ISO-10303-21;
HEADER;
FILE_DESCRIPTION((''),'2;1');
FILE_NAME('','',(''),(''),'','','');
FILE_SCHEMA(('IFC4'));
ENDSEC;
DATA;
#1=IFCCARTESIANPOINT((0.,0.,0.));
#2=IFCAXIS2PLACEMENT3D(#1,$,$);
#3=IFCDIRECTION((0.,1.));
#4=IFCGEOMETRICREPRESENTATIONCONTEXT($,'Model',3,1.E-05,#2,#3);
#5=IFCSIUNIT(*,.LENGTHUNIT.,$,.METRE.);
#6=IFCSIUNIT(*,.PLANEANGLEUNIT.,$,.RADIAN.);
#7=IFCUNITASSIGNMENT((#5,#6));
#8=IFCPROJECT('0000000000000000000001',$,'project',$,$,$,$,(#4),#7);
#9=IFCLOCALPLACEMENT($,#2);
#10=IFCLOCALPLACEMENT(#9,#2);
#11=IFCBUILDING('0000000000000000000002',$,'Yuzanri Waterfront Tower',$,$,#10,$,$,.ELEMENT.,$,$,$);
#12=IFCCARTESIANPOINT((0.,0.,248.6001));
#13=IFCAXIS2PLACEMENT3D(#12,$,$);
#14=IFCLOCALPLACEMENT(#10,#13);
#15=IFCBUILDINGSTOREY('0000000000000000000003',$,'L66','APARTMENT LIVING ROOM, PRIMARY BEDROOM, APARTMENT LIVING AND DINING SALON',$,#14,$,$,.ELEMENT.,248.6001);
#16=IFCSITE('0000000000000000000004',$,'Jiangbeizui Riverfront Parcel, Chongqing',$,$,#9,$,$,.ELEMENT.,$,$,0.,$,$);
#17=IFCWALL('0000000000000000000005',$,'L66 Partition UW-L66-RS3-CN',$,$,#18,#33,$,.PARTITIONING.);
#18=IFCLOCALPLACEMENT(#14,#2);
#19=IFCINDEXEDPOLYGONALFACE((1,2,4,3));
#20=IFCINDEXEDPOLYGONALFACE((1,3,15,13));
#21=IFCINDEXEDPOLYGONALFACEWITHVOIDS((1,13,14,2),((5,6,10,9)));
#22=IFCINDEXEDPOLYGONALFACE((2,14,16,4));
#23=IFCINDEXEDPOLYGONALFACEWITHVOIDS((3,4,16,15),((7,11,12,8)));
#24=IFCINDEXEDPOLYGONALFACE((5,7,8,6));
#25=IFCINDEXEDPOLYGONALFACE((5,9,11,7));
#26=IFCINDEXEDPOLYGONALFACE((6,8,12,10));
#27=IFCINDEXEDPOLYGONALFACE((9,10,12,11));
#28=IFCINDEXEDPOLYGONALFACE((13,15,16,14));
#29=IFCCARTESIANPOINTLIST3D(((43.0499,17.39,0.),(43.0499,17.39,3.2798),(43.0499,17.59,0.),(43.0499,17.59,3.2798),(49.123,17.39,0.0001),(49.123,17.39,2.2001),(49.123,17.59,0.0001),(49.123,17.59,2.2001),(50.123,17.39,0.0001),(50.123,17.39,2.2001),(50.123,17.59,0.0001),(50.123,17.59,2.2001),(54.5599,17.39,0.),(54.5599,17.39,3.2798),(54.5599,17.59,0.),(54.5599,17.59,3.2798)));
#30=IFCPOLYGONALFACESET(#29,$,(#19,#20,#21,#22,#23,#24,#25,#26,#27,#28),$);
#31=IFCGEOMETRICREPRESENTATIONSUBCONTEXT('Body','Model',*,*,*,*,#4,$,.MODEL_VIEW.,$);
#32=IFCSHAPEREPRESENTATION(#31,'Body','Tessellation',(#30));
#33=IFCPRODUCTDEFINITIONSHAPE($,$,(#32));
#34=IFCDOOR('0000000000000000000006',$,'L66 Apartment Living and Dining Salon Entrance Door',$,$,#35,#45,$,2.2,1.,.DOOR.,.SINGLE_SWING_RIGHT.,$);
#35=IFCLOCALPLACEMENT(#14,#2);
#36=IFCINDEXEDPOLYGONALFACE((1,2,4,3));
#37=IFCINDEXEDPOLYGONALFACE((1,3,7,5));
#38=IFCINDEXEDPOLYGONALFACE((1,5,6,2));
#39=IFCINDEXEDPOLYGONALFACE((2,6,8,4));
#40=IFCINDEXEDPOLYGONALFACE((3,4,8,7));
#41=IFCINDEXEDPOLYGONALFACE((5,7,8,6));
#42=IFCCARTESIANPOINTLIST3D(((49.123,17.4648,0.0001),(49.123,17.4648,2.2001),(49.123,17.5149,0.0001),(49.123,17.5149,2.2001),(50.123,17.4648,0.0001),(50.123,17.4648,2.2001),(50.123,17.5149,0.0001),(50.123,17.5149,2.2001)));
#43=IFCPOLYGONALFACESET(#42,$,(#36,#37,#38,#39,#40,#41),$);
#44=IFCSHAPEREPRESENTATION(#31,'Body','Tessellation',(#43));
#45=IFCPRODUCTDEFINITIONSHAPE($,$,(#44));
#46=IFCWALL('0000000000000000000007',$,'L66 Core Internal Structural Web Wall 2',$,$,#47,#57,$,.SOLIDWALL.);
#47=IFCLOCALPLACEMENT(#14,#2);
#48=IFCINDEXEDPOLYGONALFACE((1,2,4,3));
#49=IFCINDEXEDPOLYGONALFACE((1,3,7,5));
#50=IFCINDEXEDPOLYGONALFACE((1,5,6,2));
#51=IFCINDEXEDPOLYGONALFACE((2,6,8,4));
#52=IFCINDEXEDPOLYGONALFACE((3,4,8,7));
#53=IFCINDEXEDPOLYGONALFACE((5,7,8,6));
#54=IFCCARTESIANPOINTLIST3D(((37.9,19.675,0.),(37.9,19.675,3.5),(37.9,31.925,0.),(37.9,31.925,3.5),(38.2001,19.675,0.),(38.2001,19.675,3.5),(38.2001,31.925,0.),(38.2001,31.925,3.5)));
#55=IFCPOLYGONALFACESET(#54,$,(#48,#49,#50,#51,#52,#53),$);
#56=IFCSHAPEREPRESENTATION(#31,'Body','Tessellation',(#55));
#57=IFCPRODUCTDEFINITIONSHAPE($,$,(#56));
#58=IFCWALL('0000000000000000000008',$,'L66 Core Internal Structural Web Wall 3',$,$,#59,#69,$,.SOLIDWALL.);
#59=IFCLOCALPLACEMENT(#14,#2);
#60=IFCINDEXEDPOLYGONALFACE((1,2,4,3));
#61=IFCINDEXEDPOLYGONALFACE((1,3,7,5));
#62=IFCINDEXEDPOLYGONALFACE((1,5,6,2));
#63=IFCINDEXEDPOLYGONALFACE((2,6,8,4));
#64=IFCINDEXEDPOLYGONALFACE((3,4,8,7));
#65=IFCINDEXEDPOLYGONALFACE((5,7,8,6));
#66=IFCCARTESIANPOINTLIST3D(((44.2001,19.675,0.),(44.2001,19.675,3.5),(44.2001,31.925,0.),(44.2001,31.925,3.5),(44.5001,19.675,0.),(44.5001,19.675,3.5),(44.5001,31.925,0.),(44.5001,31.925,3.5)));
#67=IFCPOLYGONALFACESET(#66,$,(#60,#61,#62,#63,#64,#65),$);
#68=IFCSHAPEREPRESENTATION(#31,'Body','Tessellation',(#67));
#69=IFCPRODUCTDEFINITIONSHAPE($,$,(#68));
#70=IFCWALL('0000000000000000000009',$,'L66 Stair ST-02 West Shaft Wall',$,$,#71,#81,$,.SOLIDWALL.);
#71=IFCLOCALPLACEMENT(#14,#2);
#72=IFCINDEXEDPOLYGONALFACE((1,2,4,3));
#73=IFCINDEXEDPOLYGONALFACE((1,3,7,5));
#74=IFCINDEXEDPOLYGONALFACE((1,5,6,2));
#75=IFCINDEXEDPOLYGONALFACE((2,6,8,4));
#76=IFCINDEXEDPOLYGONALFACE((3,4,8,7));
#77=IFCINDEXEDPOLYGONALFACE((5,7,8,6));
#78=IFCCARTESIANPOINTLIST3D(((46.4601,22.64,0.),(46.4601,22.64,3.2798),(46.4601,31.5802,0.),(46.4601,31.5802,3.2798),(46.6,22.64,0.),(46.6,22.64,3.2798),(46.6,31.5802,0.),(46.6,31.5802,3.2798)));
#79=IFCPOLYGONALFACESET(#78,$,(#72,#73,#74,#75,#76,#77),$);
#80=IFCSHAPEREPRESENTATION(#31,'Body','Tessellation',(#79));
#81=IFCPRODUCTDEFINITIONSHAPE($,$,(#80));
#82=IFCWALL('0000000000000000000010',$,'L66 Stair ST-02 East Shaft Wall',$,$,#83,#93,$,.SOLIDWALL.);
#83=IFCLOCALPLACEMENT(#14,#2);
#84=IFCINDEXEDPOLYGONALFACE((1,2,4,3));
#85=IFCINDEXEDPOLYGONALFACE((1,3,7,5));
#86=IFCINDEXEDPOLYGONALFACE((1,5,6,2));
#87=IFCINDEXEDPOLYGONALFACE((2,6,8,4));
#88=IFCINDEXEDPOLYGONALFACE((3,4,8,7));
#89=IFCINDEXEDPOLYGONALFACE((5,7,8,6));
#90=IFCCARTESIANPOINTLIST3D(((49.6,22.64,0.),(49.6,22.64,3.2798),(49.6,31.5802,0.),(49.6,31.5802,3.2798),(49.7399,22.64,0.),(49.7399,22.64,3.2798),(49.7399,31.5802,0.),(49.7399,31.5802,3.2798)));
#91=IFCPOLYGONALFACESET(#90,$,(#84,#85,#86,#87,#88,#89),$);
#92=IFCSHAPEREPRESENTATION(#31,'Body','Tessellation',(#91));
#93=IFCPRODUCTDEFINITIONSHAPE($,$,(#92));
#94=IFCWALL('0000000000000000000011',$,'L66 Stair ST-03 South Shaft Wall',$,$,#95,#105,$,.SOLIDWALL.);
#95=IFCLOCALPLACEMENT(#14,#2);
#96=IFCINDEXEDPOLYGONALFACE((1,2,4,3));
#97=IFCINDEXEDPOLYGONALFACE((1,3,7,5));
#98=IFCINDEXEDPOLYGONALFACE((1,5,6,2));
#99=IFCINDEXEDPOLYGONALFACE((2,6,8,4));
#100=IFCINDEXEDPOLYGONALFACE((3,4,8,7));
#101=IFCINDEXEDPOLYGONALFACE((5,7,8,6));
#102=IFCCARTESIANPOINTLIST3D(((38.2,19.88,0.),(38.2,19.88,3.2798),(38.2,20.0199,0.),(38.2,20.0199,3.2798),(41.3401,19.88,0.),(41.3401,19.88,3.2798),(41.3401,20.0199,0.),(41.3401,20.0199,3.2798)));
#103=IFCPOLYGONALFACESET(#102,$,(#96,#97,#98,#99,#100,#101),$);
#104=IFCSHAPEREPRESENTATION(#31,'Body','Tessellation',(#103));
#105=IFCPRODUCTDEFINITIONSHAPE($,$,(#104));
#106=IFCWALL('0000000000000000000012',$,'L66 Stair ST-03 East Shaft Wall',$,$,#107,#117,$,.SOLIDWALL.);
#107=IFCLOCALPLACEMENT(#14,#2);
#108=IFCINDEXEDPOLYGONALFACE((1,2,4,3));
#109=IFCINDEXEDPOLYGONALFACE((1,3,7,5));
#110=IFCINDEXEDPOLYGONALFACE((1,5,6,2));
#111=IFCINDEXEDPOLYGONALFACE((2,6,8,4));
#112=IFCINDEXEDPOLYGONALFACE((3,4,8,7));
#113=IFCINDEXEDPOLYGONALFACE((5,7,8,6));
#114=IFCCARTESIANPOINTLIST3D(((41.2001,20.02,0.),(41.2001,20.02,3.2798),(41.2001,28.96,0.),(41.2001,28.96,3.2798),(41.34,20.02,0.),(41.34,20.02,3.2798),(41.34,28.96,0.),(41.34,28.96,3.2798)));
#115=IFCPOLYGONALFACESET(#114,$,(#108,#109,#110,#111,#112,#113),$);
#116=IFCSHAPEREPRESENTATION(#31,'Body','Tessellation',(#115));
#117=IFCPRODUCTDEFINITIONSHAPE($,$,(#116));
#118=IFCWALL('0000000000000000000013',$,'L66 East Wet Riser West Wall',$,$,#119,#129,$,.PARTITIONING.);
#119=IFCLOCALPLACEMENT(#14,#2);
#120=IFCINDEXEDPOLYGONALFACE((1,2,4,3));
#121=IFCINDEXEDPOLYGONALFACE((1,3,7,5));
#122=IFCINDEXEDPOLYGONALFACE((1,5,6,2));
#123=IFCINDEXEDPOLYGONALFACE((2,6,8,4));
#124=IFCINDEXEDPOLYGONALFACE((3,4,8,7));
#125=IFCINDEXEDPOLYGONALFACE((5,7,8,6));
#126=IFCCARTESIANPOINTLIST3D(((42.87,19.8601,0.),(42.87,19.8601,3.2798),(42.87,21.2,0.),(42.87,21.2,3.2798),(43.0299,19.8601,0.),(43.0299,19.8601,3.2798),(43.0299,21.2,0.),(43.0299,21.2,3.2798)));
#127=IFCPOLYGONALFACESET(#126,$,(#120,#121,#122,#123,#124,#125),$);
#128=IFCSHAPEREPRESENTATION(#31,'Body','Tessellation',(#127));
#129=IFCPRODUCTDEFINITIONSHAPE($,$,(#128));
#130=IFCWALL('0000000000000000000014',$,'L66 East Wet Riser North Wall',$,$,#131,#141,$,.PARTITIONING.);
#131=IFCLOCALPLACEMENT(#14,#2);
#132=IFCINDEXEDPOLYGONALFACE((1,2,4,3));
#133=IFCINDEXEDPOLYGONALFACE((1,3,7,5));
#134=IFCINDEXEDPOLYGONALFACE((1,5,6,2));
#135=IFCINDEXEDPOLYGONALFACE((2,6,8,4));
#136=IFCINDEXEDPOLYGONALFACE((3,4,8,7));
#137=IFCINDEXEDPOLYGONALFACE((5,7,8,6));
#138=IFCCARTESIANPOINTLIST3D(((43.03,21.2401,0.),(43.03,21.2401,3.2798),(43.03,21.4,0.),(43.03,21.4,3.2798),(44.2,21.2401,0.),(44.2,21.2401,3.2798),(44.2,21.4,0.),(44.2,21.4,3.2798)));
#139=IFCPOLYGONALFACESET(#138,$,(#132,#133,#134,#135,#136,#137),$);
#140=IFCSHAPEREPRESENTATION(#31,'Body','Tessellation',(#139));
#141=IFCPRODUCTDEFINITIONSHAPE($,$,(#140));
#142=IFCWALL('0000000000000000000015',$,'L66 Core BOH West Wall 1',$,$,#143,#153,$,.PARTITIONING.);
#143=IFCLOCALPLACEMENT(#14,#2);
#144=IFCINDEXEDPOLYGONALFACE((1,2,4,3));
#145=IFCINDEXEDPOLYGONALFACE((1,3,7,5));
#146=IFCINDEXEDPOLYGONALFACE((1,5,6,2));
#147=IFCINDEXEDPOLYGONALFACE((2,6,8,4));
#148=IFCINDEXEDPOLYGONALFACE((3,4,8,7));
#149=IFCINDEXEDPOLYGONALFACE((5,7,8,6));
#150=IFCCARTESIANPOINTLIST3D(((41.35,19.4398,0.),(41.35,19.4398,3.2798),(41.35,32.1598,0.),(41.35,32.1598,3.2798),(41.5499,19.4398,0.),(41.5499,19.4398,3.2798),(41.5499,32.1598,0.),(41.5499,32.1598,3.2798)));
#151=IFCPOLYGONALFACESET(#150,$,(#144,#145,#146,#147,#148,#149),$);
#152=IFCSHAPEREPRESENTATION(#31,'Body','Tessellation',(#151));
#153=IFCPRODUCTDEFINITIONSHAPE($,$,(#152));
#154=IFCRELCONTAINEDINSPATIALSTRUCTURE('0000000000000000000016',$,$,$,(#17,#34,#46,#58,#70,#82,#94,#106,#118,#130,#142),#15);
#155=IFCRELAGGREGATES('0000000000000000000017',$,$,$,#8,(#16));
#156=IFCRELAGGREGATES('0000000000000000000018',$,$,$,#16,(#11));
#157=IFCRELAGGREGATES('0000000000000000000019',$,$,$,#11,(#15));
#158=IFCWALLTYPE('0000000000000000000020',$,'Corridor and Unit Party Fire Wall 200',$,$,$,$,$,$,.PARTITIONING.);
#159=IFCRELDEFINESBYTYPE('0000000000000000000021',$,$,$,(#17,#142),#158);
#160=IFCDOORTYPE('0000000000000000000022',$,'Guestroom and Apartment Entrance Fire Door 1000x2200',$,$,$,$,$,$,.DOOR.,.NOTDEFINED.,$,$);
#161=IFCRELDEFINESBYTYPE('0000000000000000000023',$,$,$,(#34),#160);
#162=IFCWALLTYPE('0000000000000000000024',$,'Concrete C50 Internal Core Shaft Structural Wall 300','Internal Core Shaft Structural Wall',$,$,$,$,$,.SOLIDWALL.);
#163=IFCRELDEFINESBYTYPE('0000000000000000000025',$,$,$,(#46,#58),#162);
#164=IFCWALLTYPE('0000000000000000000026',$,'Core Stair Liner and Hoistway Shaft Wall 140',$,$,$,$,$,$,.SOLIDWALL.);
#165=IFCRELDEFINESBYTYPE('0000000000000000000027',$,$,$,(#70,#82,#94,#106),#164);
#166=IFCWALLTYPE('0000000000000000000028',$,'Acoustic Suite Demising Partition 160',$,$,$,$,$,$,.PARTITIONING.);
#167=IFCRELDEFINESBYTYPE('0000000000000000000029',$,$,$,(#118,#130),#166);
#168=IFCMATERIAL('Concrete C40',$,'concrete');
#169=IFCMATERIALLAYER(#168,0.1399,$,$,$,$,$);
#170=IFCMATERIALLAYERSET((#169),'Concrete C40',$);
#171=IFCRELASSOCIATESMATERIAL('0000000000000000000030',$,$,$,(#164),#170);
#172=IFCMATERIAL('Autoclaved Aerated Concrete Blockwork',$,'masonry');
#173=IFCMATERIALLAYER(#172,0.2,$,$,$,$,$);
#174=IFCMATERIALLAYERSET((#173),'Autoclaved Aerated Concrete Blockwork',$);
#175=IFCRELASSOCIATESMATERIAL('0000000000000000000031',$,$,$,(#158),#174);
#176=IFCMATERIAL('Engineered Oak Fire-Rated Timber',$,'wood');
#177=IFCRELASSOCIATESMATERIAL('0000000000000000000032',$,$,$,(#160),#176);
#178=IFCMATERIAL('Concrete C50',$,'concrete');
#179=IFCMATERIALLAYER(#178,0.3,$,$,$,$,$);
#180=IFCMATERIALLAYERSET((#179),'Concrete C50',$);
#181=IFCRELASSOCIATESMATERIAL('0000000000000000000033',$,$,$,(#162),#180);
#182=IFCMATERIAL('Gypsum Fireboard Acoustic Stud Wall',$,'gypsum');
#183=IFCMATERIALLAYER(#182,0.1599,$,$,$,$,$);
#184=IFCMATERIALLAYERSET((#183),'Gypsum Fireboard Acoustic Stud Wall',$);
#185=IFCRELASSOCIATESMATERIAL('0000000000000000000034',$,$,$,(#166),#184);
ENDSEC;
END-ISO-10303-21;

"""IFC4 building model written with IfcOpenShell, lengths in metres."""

from ifc_helpers import new_model, si_unit, direction, frame, frame_2d, origin, place, context, subcontext, project, spatial, rectangle, extrude, source, transform, mapped, material, layer, layer_set, type_object, element, fill, save


model = new_model("IFC4")

# Units and contexts
model_context = context("Model", 3, precision=1e-05, world=origin(), true_north=direction((0.0, 1.0)))
body_context = subcontext(model_context, "Body", "Model", "MODEL_VIEW")
ifc_project = project(units=[si_unit("LENGTHUNIT", "METRE"), si_unit("PLANEANGLEUNIT", "RADIAN")], contexts=[model_context])

# Site, building, storey
site_placement = place(None, origin())
site = spatial("IfcSite", under=ifc_project, at=site_placement, Name="Jiangbeizui Riverfront Parcel, Chongqing", CompositionType="ELEMENT", RefElevation=0.0)
building_placement = place(site_placement, origin())
building = spatial("IfcBuilding", under=site, at=building_placement, Name="Yuzanri Waterfront Tower", CompositionType="ELEMENT")
storey_placement = place(building_placement, frame((0.0, 0.0, 248.6001)))
storey = spatial("IfcBuildingStorey", under=building, at=storey_placement, Name="L66", Description="APARTMENT LIVING ROOM, PRIMARY BEDROOM, APARTMENT LIVING AND DINING SALON", CompositionType="ELEMENT", Elevation=248.6001)

# Wall, opening, door
ifc_material_1 = material(Name="Concrete C40", Category="concrete")
ifc_layer_1 = layer(ifc_material_1, 0.1399)
ifc_layer_set_1 = layer_set([ifc_layer_1], Name="Concrete C40")
wall_type_1 = type_object("IfcWallType", Name="Core Stair Liner and Hoistway Shaft Wall 140", PredefinedType="SOLIDWALL", material=ifc_layer_set_1)
ifc_material_2 = material(Name="Autoclaved Aerated Concrete Blockwork", Category="masonry")
ifc_layer_2 = layer(ifc_material_2, 0.2)
ifc_layer_set_2 = layer_set([ifc_layer_2], Name="Autoclaved Aerated Concrete Blockwork")
wall_type_2 = type_object("IfcWallType", Name="Corridor and Unit Party Fire Wall 200", PredefinedType="PARTITIONING", material=ifc_layer_set_2)
wall_1_placement = place(storey_placement, frame((43.05, 17.49, 0.0), z_axis=(0.0, 0.0, 1.0), x_axis=(1.0, 0.0, 0.0)))
wall_1 = element("IfcWall", 1, at=wall_1_placement, inside=storey, type_object=wall_type_2, Name="L66 Partition UW-L66-RS3-CN", PredefinedType="PARTITIONING", context=body_context, shape_type="SweptSolid", body=[
    extrude(rectangle(XDim=11.51, YDim=0.2, at=frame_2d((5.7549, 0.0))), origin(), (0.0, 0.0, 1.0), 3.2798),
])
opening_1_placement = place(wall_1_placement, frame((6.073, 0.0, 0.0)))
opening_1 = element("IfcOpeningElement", 2, at=opening_1_placement, cuts=wall_1, PredefinedType="OPENING", context=body_context, shape_type="SweptSolid", body=[
    extrude(rectangle(XDim=1.0, YDim=2.2, at=frame_2d((0.5, 1.1001))), frame((0.0, 0.1147, 0.0), z_axis=(0.0, -1.0, 0.0), x_axis=(1.0, 0.0, 0.0)), (0.0, 0.0, 1.0), 0.2297),
])
ifc_material_3 = material(Name="Engineered Oak Fire-Rated Timber", Category="wood")
door_type_1 = type_object("IfcDoorType", Name="Guestroom and Apartment Entrance Fire Door 1000x2200", OperationType="NOTDEFINED", PredefinedType="DOOR", material=ifc_material_3)
shared_shape_1 = source(origin(), body_context, "Body", "SweptSolid", [
    extrude(rectangle(XDim=1.0, YDim=2.2, at=frame_2d((0.5, 1.1001))), frame((0.0, 0.0249, 0.0), z_axis=(0.0, -1.0, 0.0), x_axis=(1.0, 0.0, 0.0)), (0.0, 0.0, 1.0), 0.05),
])
door_1_placement = place(opening_1_placement, origin())
door_1 = element("IfcDoor", 3, at=door_1_placement, inside=storey, type_object=door_type_1, Name="L66 Apartment Living and Dining Salon Entrance Door", OperationType="SINGLE_SWING_RIGHT", OverallHeight=2.2, OverallWidth=1.0, PredefinedType="DOOR", context=body_context, shape_type="MappedRepresentation", body=[
    mapped(shared_shape_1, transform((0.0, 0.0, 0.0), scale=1.0)),
])
fill(opening_1, door_1)

# Walls
ifc_material_4 = material(Name="Concrete C50", Category="concrete")
ifc_layer_3 = layer(ifc_material_4, 0.3)
ifc_layer_set_3 = layer_set([ifc_layer_3], Name="Concrete C50")
wall_type_3 = type_object("IfcWallType", Name="Concrete C50 Internal Core Shaft Structural Wall 300", Description="Internal Core Shaft Structural Wall", PredefinedType="SOLIDWALL", material=ifc_layer_set_3)
shared_shape_2 = source(origin(), body_context, "Body", "SweptSolid", [
    extrude(rectangle(XDim=12.25, YDim=0.3, at=frame_2d((6.125, 0.0))), origin(), (0.0, 0.0, 1.0), 3.5),
])
for number, where, z_axis, x_axis, name in (
    (4, (38.05, 19.675, 0.0), (0.0, 0.0, 1.0), (0.0, 1.0, 0.0), "L66 Core Internal Structural Web Wall 2"),
    (5, (44.3501, 19.675, 0.0), (0.0, 0.0, 1.0), (0.0, 1.0, 0.0), "L66 Core Internal Structural Web Wall 3"),
):
    element("IfcWall", number, at=place(storey_placement, frame(where, z_axis=z_axis, x_axis=x_axis)), inside=storey, type_object=wall_type_3, Name=name, PredefinedType="SOLIDWALL", context=body_context, shape_type="MappedRepresentation", body=[
        mapped(shared_shape_2, transform((0.0, 0.0, 0.0), scale=1.0)),
    ])
shared_shape_3 = source(origin(), body_context, "Body", "SweptSolid", [
    extrude(rectangle(XDim=8.9402, YDim=0.1399, at=frame_2d((4.4702, 0.0))), origin(), (0.0, 0.0, 1.0), 3.2798),
])
for number, where, z_axis, x_axis, name in (
    (6, (46.53, 22.6399, 0.0), (0.0, 0.0, 1.0), (0.0, 1.0, 0.0), "L66 Stair ST-02 West Shaft Wall"),
    (7, (49.6699, 22.6399, 0.0), (0.0, 0.0, 1.0), (0.0, 1.0, 0.0), "L66 Stair ST-02 East Shaft Wall"),
):
    element("IfcWall", number, at=place(storey_placement, frame(where, z_axis=z_axis, x_axis=x_axis)), inside=storey, type_object=wall_type_1, Name=name, PredefinedType="SOLIDWALL", context=body_context, shape_type="MappedRepresentation", body=[
        mapped(shared_shape_3, transform((0.0, 0.0, 0.0), scale=1.0)),
    ])
shared_shape_4 = source(origin(), body_context, "Body", "SweptSolid", [
    extrude(rectangle(XDim=3.1401, YDim=0.1399, at=frame_2d((1.5701, 0.0))), origin(), (0.0, 0.0, 1.0), 3.2798),
])
wall_2_placement = place(storey_placement, frame((38.2, 19.95, 0.0), z_axis=(0.0, 0.0, 1.0), x_axis=(1.0, 0.0, 0.0)))
element("IfcWall", 8, at=wall_2_placement, inside=storey, type_object=wall_type_1, Name="L66 Stair ST-03 South Shaft Wall", PredefinedType="SOLIDWALL", context=body_context, shape_type="MappedRepresentation", body=[
    mapped(shared_shape_4, transform((0.0, 0.0, 0.0), scale=1.0)),
])
shared_shape_5 = source(origin(), body_context, "Body", "SweptSolid", [
    extrude(rectangle(XDim=8.9399, YDim=0.1399, at=frame_2d((4.47, 0.0))), origin(), (0.0, 0.0, 1.0), 3.2798),
])
wall_3_placement = place(storey_placement, frame((41.27, 20.02, 0.0), z_axis=(0.0, 0.0, 1.0), x_axis=(0.0, 1.0, 0.0)))
element("IfcWall", 9, at=wall_3_placement, inside=storey, type_object=wall_type_1, Name="L66 Stair ST-03 East Shaft Wall", PredefinedType="SOLIDWALL", context=body_context, shape_type="MappedRepresentation", body=[
    mapped(shared_shape_5, transform((0.0, 0.0, 0.0), scale=1.0)),
])
ifc_material_5 = material(Name="Gypsum Fireboard Acoustic Stud Wall", Category="gypsum")
ifc_layer_4 = layer(ifc_material_5, 0.1599)
ifc_layer_set_4 = layer_set([ifc_layer_4], Name="Gypsum Fireboard Acoustic Stud Wall")
wall_type_4 = type_object("IfcWallType", Name="Acoustic Suite Demising Partition 160", PredefinedType="PARTITIONING", material=ifc_layer_set_4)
shared_shape_6 = source(origin(), body_context, "Body", "SweptSolid", [
    extrude(rectangle(XDim=1.3398, YDim=0.1599, at=frame_2d((0.6699, 0.0))), origin(), (0.0, 0.0, 1.0), 3.2798),
])
wall_4_placement = place(storey_placement, frame((42.95, 19.8601, 0.0), z_axis=(0.0, 0.0, 1.0), x_axis=(0.0, 1.0, 0.0)))
element("IfcWall", 10, at=wall_4_placement, inside=storey, type_object=wall_type_4, Name="L66 East Wet Riser West Wall", PredefinedType="PARTITIONING", context=body_context, shape_type="MappedRepresentation", body=[
    mapped(shared_shape_6, transform((0.0, 0.0, 0.0), scale=1.0)),
])
shared_shape_7 = source(origin(), body_context, "Body", "SweptSolid", [
    extrude(rectangle(XDim=1.1699, YDim=0.1599, at=frame_2d((0.585, 0.0))), origin(), (0.0, 0.0, 1.0), 3.2798),
])
wall_5_placement = place(storey_placement, frame((43.03, 21.3201, 0.0), z_axis=(0.0, 0.0, 1.0), x_axis=(1.0, 0.0, 0.0)))
element("IfcWall", 11, at=wall_5_placement, inside=storey, type_object=wall_type_4, Name="L66 East Wet Riser North Wall", PredefinedType="PARTITIONING", context=body_context, shape_type="MappedRepresentation", body=[
    mapped(shared_shape_7, transform((0.0, 0.0, 0.0), scale=1.0)),
])
shared_shape_8 = source(origin(), body_context, "Body", "SweptSolid", [
    extrude(rectangle(XDim=12.72, YDim=0.2, at=frame_2d((6.3599, 0.0))), origin(), (0.0, 0.0, 1.0), 3.2798),
])
wall_6_placement = place(storey_placement, frame((41.45, 19.4399, 0.0), z_axis=(0.0, 0.0, 1.0), x_axis=(0.0, 1.0, 0.0)))
element("IfcWall", 12, at=wall_6_placement, inside=storey, type_object=wall_type_2, Name="L66 Core BOH West Wall 1", PredefinedType="PARTITIONING", context=body_context, shape_type="MappedRepresentation", body=[
    mapped(shared_shape_8, transform((0.0, 0.0, 0.0), scale=1.0)),
])

save(model, "model.ifc")
